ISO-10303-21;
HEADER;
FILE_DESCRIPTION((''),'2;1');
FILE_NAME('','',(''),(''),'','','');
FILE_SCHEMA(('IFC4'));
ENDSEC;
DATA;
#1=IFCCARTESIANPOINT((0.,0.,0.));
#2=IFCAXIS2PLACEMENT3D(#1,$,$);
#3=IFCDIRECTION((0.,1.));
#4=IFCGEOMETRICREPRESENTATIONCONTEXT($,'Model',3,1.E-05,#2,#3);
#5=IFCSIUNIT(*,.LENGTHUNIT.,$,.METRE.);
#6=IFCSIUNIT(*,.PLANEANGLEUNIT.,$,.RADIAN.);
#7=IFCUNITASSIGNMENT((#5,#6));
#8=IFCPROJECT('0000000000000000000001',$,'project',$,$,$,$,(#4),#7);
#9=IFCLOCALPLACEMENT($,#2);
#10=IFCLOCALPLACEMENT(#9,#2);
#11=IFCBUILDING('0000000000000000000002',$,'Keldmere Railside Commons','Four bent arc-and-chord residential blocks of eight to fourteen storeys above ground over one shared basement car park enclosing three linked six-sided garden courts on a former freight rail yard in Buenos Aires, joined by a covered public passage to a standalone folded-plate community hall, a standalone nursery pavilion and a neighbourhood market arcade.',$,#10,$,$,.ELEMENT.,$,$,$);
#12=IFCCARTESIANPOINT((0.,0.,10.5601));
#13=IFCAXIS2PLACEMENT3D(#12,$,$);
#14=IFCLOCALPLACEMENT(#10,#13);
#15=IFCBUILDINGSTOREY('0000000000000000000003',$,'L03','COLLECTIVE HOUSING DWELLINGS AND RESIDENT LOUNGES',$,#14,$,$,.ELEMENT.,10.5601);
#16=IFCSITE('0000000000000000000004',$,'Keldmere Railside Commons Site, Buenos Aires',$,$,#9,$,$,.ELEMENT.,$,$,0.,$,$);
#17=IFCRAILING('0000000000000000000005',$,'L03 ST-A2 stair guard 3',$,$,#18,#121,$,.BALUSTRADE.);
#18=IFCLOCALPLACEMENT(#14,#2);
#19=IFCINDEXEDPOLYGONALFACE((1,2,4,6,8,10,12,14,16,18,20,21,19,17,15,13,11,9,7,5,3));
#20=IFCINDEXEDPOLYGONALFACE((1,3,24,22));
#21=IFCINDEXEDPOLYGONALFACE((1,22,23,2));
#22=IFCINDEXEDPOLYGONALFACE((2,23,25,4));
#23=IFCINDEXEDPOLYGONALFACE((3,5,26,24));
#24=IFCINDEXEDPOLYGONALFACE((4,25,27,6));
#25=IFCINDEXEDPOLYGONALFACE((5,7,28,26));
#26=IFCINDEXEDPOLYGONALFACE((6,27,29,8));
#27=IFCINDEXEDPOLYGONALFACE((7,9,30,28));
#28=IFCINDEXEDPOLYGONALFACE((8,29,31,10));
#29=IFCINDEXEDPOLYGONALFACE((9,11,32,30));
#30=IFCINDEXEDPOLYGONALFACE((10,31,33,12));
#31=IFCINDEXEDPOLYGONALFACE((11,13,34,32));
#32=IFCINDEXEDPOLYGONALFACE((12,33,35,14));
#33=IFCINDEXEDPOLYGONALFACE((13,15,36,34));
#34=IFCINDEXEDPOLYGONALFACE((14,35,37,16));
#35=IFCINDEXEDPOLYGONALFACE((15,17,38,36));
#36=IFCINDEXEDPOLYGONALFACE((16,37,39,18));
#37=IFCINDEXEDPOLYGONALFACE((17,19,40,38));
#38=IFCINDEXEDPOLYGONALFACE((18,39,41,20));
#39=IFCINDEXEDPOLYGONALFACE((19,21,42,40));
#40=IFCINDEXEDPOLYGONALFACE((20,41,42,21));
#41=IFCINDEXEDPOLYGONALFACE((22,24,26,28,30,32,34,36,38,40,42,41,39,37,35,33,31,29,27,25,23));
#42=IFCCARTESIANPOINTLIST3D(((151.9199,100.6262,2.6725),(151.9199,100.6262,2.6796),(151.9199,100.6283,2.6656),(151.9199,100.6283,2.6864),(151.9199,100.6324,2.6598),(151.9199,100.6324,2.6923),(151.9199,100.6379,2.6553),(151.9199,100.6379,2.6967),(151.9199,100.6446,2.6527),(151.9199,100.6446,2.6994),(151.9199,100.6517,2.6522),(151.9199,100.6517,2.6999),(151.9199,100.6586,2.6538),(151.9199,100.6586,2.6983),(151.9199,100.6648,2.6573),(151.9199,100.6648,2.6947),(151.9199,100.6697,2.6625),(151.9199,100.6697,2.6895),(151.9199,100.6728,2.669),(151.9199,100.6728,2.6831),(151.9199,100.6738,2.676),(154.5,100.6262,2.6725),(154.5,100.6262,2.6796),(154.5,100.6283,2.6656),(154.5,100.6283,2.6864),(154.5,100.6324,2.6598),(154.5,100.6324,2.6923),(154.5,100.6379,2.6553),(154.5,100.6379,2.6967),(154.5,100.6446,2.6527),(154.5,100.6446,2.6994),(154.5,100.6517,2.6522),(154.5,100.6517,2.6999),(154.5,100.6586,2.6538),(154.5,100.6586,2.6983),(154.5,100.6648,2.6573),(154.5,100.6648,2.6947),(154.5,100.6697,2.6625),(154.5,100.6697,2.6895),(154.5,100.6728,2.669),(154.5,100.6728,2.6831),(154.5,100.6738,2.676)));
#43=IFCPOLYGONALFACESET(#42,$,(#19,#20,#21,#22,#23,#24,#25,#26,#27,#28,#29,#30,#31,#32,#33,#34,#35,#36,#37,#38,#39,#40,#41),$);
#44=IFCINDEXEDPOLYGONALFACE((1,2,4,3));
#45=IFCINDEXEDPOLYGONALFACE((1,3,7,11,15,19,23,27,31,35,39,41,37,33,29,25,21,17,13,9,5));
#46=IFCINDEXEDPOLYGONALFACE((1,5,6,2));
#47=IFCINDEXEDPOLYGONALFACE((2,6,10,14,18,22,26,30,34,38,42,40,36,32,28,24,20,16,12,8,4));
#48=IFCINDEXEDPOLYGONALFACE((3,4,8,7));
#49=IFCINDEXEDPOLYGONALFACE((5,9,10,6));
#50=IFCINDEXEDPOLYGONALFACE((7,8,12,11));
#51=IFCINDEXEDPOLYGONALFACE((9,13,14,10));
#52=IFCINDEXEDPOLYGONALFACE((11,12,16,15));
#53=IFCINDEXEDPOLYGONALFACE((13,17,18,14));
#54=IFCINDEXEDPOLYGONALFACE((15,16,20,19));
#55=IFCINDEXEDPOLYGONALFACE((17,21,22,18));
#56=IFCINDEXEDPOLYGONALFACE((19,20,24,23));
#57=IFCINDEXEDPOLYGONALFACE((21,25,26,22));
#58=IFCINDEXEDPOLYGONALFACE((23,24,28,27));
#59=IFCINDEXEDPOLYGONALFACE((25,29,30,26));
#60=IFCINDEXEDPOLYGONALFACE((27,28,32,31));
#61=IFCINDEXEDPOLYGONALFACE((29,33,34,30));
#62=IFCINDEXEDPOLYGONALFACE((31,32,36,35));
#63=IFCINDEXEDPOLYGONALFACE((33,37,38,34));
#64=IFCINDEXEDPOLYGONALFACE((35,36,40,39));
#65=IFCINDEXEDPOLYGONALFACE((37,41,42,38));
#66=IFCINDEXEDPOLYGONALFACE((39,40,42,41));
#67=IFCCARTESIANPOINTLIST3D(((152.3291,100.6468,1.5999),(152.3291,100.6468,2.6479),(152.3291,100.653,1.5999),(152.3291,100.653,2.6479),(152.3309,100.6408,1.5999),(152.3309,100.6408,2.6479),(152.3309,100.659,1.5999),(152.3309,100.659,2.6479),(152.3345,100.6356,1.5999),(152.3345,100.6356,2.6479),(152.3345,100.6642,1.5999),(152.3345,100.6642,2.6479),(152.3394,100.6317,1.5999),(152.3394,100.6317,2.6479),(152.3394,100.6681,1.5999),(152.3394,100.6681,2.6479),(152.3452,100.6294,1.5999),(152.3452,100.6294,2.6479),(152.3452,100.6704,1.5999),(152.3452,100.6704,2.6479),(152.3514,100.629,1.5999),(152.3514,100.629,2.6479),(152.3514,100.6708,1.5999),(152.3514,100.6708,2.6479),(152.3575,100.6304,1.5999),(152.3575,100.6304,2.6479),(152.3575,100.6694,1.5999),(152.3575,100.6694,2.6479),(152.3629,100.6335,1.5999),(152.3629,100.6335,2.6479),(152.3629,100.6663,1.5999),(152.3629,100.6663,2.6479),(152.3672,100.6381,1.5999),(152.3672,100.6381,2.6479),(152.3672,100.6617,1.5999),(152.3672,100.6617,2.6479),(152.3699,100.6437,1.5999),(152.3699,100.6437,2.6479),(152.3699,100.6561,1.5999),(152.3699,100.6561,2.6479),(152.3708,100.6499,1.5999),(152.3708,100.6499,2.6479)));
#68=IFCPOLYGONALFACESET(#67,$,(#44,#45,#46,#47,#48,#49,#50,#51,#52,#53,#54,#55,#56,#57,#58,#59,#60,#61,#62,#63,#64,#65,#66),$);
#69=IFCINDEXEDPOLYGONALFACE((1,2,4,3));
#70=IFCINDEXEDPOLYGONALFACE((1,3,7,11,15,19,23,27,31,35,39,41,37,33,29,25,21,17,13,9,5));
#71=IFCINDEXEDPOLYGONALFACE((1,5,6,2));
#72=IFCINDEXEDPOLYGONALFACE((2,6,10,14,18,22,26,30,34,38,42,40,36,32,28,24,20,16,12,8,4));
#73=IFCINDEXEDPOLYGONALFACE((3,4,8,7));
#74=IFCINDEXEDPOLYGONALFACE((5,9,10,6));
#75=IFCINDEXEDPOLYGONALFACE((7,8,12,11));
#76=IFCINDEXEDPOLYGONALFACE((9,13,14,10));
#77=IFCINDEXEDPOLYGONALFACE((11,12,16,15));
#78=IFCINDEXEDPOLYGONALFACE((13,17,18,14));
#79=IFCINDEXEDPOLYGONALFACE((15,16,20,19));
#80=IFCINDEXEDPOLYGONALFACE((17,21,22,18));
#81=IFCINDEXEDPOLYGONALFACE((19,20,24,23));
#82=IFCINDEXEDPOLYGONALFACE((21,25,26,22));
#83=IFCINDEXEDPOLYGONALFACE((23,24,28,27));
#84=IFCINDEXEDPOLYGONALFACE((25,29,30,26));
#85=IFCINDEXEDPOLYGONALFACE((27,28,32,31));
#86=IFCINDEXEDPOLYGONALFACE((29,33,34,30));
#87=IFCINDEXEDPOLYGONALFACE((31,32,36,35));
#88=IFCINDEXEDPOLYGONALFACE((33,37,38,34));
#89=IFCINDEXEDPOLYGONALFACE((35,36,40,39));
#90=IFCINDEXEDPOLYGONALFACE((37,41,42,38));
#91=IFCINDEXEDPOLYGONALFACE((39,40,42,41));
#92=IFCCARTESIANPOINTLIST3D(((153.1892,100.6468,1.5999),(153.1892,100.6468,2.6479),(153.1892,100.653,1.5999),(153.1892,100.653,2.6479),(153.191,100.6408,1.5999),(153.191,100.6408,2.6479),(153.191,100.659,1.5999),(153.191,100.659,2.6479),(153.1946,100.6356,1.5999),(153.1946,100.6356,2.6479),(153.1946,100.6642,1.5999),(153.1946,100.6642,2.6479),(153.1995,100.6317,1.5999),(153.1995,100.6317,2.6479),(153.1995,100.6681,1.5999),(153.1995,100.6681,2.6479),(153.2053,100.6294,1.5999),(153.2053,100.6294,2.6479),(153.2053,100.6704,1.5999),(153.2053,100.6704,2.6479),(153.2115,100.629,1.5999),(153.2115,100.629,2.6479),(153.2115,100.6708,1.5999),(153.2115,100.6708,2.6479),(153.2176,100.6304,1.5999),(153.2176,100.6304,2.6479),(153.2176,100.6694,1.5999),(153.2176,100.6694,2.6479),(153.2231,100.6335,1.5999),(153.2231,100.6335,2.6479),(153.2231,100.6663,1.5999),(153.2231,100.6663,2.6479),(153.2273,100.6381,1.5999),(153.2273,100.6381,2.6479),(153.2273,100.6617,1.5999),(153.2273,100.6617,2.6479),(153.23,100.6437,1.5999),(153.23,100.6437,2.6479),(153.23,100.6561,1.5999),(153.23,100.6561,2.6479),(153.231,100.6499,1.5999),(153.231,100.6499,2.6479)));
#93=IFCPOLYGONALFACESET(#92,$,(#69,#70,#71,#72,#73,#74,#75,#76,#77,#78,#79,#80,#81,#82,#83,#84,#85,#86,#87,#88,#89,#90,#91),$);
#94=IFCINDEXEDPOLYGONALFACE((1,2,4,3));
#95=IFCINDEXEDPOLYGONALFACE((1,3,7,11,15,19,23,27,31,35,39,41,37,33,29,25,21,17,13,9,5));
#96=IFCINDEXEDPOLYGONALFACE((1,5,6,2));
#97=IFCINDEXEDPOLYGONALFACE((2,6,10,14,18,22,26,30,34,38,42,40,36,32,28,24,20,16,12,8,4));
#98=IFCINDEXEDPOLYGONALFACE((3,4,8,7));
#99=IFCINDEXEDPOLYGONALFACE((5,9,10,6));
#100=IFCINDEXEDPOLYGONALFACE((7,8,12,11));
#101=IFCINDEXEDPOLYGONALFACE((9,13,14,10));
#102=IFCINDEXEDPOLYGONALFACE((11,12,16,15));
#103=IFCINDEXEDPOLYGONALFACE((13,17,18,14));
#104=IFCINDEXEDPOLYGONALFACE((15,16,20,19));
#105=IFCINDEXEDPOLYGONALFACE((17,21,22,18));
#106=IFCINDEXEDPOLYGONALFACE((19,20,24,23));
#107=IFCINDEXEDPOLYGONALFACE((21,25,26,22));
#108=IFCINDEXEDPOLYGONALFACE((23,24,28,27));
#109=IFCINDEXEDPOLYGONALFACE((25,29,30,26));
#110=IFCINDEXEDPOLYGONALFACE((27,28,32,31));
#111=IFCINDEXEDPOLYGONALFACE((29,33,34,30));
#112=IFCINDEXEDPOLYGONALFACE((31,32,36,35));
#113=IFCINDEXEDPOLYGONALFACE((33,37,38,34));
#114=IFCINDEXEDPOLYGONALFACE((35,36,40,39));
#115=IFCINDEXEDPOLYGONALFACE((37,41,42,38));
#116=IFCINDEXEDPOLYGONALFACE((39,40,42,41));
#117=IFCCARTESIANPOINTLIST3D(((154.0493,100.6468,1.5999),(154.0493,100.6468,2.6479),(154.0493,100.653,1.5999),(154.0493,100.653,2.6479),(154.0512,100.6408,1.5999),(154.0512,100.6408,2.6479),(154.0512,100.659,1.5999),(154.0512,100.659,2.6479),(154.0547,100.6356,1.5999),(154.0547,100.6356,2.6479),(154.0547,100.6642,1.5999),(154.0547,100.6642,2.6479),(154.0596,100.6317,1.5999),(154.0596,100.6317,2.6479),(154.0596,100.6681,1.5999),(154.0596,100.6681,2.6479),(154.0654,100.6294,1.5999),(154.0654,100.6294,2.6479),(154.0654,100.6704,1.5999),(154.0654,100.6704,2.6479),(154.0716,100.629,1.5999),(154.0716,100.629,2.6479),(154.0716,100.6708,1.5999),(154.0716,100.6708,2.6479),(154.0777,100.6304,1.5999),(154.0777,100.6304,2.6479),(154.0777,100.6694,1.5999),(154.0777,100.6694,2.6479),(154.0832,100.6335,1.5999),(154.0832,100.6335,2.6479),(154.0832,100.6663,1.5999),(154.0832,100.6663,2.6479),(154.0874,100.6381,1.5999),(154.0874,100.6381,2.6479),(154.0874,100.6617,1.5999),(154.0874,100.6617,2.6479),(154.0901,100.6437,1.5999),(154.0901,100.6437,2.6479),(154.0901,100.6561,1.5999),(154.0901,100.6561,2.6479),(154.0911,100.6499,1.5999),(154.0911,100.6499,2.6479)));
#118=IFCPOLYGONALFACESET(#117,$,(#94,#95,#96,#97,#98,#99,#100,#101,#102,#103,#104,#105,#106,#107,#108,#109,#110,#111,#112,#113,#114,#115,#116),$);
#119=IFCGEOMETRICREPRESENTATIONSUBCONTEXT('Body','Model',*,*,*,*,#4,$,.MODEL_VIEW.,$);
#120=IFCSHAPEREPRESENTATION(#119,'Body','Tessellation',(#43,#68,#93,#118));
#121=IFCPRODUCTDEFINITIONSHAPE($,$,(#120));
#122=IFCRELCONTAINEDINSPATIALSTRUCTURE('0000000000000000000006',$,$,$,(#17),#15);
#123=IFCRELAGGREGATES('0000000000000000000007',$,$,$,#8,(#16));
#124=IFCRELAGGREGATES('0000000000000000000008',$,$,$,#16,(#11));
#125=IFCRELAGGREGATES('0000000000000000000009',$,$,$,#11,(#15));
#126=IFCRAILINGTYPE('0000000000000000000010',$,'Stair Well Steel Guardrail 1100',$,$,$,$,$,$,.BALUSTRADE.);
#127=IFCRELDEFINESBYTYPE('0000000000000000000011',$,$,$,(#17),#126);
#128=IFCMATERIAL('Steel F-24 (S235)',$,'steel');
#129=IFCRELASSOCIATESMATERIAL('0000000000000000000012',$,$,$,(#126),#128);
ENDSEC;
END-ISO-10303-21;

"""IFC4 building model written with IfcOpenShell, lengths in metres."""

from ifc_helpers import new_model, si_unit, direction, frame, origin, origin_2d, place, context, subcontext, project, spatial, circle, extrude, material, type_object, element, save


model = new_model("IFC4")

# Units and contexts
model_context = context("Model", 3, precision=1e-05, world=origin(), true_north=direction((0.0, 1.0)))
body_context = subcontext(model_context, "Body", "Model", "MODEL_VIEW")
ifc_project = project(units=[si_unit("LENGTHUNIT", "METRE"), si_unit("PLANEANGLEUNIT", "RADIAN")], contexts=[model_context])

# Site, building, storey
site_placement = place(None, origin())
site = spatial("IfcSite", under=ifc_project, at=site_placement, Name="Keldmere Railside Commons Site, Buenos Aires", CompositionType="ELEMENT", RefElevation=0.0)
building_placement = place(site_placement, origin())
building = spatial("IfcBuilding", under=site, at=building_placement, Name="Keldmere Railside Commons", Description="Four bent arc-and-chord residential blocks of eight to fourteen storeys above ground over one shared basement car park enclosing three linked six-sided garden courts on a former freight rail yard in Buenos Aires, joined by a covered public passage to a standalone folded-plate community hall, a standalone nursery pavilion and a neighbourhood market arcade.", CompositionType="ELEMENT")
storey_placement = place(building_placement, frame((0.0, 0.0, 10.5601)))
storey = spatial("IfcBuildingStorey", under=building, at=storey_placement, Name="L03", Description="COLLECTIVE HOUSING DWELLINGS AND RESIDENT LOUNGES", CompositionType="ELEMENT", Elevation=10.5601)

# Railing
ifc_material_1 = material(Name="Steel F-24 (S235)", Category="steel")
railing_type_1 = type_object("IfcRailingType", Name="Stair Well Steel Guardrail 1100", PredefinedType="BALUSTRADE", material=ifc_material_1)
railing_1_placement = place(storey_placement, frame((151.9199, 100.6499, 1.5999)))
element("IfcRailing", 1, at=railing_1_placement, inside=storey, type_object=railing_type_1, Name="L03 ST-A2 stair guard 3", PredefinedType="BALUSTRADE", context=body_context, shape_type="SweptSolid", body=[
    extrude(circle(Radius=0.0239, at=origin_2d()), frame((0.0, 0.0, 1.0762), z_axis=(1.0, 0.0, 0.0), x_axis=(0.0, 1.0, 0.0)), (0.0, 0.0, 1.0), 2.5801),
    extrude(circle(Radius=0.021, at=origin_2d()), frame((0.4299, 0.0, 0.0)), (0.0, 0.0, 1.0), 1.0481),
    extrude(circle(Radius=0.021, at=origin_2d()), frame((1.29, 0.0, 0.0)), (0.0, 0.0, 1.0), 1.0481),
    extrude(circle(Radius=0.021, at=origin_2d()), frame((2.1501, 0.0, 0.0)), (0.0, 0.0, 1.0), 1.0481),
])

save(model, "model.ifc")
